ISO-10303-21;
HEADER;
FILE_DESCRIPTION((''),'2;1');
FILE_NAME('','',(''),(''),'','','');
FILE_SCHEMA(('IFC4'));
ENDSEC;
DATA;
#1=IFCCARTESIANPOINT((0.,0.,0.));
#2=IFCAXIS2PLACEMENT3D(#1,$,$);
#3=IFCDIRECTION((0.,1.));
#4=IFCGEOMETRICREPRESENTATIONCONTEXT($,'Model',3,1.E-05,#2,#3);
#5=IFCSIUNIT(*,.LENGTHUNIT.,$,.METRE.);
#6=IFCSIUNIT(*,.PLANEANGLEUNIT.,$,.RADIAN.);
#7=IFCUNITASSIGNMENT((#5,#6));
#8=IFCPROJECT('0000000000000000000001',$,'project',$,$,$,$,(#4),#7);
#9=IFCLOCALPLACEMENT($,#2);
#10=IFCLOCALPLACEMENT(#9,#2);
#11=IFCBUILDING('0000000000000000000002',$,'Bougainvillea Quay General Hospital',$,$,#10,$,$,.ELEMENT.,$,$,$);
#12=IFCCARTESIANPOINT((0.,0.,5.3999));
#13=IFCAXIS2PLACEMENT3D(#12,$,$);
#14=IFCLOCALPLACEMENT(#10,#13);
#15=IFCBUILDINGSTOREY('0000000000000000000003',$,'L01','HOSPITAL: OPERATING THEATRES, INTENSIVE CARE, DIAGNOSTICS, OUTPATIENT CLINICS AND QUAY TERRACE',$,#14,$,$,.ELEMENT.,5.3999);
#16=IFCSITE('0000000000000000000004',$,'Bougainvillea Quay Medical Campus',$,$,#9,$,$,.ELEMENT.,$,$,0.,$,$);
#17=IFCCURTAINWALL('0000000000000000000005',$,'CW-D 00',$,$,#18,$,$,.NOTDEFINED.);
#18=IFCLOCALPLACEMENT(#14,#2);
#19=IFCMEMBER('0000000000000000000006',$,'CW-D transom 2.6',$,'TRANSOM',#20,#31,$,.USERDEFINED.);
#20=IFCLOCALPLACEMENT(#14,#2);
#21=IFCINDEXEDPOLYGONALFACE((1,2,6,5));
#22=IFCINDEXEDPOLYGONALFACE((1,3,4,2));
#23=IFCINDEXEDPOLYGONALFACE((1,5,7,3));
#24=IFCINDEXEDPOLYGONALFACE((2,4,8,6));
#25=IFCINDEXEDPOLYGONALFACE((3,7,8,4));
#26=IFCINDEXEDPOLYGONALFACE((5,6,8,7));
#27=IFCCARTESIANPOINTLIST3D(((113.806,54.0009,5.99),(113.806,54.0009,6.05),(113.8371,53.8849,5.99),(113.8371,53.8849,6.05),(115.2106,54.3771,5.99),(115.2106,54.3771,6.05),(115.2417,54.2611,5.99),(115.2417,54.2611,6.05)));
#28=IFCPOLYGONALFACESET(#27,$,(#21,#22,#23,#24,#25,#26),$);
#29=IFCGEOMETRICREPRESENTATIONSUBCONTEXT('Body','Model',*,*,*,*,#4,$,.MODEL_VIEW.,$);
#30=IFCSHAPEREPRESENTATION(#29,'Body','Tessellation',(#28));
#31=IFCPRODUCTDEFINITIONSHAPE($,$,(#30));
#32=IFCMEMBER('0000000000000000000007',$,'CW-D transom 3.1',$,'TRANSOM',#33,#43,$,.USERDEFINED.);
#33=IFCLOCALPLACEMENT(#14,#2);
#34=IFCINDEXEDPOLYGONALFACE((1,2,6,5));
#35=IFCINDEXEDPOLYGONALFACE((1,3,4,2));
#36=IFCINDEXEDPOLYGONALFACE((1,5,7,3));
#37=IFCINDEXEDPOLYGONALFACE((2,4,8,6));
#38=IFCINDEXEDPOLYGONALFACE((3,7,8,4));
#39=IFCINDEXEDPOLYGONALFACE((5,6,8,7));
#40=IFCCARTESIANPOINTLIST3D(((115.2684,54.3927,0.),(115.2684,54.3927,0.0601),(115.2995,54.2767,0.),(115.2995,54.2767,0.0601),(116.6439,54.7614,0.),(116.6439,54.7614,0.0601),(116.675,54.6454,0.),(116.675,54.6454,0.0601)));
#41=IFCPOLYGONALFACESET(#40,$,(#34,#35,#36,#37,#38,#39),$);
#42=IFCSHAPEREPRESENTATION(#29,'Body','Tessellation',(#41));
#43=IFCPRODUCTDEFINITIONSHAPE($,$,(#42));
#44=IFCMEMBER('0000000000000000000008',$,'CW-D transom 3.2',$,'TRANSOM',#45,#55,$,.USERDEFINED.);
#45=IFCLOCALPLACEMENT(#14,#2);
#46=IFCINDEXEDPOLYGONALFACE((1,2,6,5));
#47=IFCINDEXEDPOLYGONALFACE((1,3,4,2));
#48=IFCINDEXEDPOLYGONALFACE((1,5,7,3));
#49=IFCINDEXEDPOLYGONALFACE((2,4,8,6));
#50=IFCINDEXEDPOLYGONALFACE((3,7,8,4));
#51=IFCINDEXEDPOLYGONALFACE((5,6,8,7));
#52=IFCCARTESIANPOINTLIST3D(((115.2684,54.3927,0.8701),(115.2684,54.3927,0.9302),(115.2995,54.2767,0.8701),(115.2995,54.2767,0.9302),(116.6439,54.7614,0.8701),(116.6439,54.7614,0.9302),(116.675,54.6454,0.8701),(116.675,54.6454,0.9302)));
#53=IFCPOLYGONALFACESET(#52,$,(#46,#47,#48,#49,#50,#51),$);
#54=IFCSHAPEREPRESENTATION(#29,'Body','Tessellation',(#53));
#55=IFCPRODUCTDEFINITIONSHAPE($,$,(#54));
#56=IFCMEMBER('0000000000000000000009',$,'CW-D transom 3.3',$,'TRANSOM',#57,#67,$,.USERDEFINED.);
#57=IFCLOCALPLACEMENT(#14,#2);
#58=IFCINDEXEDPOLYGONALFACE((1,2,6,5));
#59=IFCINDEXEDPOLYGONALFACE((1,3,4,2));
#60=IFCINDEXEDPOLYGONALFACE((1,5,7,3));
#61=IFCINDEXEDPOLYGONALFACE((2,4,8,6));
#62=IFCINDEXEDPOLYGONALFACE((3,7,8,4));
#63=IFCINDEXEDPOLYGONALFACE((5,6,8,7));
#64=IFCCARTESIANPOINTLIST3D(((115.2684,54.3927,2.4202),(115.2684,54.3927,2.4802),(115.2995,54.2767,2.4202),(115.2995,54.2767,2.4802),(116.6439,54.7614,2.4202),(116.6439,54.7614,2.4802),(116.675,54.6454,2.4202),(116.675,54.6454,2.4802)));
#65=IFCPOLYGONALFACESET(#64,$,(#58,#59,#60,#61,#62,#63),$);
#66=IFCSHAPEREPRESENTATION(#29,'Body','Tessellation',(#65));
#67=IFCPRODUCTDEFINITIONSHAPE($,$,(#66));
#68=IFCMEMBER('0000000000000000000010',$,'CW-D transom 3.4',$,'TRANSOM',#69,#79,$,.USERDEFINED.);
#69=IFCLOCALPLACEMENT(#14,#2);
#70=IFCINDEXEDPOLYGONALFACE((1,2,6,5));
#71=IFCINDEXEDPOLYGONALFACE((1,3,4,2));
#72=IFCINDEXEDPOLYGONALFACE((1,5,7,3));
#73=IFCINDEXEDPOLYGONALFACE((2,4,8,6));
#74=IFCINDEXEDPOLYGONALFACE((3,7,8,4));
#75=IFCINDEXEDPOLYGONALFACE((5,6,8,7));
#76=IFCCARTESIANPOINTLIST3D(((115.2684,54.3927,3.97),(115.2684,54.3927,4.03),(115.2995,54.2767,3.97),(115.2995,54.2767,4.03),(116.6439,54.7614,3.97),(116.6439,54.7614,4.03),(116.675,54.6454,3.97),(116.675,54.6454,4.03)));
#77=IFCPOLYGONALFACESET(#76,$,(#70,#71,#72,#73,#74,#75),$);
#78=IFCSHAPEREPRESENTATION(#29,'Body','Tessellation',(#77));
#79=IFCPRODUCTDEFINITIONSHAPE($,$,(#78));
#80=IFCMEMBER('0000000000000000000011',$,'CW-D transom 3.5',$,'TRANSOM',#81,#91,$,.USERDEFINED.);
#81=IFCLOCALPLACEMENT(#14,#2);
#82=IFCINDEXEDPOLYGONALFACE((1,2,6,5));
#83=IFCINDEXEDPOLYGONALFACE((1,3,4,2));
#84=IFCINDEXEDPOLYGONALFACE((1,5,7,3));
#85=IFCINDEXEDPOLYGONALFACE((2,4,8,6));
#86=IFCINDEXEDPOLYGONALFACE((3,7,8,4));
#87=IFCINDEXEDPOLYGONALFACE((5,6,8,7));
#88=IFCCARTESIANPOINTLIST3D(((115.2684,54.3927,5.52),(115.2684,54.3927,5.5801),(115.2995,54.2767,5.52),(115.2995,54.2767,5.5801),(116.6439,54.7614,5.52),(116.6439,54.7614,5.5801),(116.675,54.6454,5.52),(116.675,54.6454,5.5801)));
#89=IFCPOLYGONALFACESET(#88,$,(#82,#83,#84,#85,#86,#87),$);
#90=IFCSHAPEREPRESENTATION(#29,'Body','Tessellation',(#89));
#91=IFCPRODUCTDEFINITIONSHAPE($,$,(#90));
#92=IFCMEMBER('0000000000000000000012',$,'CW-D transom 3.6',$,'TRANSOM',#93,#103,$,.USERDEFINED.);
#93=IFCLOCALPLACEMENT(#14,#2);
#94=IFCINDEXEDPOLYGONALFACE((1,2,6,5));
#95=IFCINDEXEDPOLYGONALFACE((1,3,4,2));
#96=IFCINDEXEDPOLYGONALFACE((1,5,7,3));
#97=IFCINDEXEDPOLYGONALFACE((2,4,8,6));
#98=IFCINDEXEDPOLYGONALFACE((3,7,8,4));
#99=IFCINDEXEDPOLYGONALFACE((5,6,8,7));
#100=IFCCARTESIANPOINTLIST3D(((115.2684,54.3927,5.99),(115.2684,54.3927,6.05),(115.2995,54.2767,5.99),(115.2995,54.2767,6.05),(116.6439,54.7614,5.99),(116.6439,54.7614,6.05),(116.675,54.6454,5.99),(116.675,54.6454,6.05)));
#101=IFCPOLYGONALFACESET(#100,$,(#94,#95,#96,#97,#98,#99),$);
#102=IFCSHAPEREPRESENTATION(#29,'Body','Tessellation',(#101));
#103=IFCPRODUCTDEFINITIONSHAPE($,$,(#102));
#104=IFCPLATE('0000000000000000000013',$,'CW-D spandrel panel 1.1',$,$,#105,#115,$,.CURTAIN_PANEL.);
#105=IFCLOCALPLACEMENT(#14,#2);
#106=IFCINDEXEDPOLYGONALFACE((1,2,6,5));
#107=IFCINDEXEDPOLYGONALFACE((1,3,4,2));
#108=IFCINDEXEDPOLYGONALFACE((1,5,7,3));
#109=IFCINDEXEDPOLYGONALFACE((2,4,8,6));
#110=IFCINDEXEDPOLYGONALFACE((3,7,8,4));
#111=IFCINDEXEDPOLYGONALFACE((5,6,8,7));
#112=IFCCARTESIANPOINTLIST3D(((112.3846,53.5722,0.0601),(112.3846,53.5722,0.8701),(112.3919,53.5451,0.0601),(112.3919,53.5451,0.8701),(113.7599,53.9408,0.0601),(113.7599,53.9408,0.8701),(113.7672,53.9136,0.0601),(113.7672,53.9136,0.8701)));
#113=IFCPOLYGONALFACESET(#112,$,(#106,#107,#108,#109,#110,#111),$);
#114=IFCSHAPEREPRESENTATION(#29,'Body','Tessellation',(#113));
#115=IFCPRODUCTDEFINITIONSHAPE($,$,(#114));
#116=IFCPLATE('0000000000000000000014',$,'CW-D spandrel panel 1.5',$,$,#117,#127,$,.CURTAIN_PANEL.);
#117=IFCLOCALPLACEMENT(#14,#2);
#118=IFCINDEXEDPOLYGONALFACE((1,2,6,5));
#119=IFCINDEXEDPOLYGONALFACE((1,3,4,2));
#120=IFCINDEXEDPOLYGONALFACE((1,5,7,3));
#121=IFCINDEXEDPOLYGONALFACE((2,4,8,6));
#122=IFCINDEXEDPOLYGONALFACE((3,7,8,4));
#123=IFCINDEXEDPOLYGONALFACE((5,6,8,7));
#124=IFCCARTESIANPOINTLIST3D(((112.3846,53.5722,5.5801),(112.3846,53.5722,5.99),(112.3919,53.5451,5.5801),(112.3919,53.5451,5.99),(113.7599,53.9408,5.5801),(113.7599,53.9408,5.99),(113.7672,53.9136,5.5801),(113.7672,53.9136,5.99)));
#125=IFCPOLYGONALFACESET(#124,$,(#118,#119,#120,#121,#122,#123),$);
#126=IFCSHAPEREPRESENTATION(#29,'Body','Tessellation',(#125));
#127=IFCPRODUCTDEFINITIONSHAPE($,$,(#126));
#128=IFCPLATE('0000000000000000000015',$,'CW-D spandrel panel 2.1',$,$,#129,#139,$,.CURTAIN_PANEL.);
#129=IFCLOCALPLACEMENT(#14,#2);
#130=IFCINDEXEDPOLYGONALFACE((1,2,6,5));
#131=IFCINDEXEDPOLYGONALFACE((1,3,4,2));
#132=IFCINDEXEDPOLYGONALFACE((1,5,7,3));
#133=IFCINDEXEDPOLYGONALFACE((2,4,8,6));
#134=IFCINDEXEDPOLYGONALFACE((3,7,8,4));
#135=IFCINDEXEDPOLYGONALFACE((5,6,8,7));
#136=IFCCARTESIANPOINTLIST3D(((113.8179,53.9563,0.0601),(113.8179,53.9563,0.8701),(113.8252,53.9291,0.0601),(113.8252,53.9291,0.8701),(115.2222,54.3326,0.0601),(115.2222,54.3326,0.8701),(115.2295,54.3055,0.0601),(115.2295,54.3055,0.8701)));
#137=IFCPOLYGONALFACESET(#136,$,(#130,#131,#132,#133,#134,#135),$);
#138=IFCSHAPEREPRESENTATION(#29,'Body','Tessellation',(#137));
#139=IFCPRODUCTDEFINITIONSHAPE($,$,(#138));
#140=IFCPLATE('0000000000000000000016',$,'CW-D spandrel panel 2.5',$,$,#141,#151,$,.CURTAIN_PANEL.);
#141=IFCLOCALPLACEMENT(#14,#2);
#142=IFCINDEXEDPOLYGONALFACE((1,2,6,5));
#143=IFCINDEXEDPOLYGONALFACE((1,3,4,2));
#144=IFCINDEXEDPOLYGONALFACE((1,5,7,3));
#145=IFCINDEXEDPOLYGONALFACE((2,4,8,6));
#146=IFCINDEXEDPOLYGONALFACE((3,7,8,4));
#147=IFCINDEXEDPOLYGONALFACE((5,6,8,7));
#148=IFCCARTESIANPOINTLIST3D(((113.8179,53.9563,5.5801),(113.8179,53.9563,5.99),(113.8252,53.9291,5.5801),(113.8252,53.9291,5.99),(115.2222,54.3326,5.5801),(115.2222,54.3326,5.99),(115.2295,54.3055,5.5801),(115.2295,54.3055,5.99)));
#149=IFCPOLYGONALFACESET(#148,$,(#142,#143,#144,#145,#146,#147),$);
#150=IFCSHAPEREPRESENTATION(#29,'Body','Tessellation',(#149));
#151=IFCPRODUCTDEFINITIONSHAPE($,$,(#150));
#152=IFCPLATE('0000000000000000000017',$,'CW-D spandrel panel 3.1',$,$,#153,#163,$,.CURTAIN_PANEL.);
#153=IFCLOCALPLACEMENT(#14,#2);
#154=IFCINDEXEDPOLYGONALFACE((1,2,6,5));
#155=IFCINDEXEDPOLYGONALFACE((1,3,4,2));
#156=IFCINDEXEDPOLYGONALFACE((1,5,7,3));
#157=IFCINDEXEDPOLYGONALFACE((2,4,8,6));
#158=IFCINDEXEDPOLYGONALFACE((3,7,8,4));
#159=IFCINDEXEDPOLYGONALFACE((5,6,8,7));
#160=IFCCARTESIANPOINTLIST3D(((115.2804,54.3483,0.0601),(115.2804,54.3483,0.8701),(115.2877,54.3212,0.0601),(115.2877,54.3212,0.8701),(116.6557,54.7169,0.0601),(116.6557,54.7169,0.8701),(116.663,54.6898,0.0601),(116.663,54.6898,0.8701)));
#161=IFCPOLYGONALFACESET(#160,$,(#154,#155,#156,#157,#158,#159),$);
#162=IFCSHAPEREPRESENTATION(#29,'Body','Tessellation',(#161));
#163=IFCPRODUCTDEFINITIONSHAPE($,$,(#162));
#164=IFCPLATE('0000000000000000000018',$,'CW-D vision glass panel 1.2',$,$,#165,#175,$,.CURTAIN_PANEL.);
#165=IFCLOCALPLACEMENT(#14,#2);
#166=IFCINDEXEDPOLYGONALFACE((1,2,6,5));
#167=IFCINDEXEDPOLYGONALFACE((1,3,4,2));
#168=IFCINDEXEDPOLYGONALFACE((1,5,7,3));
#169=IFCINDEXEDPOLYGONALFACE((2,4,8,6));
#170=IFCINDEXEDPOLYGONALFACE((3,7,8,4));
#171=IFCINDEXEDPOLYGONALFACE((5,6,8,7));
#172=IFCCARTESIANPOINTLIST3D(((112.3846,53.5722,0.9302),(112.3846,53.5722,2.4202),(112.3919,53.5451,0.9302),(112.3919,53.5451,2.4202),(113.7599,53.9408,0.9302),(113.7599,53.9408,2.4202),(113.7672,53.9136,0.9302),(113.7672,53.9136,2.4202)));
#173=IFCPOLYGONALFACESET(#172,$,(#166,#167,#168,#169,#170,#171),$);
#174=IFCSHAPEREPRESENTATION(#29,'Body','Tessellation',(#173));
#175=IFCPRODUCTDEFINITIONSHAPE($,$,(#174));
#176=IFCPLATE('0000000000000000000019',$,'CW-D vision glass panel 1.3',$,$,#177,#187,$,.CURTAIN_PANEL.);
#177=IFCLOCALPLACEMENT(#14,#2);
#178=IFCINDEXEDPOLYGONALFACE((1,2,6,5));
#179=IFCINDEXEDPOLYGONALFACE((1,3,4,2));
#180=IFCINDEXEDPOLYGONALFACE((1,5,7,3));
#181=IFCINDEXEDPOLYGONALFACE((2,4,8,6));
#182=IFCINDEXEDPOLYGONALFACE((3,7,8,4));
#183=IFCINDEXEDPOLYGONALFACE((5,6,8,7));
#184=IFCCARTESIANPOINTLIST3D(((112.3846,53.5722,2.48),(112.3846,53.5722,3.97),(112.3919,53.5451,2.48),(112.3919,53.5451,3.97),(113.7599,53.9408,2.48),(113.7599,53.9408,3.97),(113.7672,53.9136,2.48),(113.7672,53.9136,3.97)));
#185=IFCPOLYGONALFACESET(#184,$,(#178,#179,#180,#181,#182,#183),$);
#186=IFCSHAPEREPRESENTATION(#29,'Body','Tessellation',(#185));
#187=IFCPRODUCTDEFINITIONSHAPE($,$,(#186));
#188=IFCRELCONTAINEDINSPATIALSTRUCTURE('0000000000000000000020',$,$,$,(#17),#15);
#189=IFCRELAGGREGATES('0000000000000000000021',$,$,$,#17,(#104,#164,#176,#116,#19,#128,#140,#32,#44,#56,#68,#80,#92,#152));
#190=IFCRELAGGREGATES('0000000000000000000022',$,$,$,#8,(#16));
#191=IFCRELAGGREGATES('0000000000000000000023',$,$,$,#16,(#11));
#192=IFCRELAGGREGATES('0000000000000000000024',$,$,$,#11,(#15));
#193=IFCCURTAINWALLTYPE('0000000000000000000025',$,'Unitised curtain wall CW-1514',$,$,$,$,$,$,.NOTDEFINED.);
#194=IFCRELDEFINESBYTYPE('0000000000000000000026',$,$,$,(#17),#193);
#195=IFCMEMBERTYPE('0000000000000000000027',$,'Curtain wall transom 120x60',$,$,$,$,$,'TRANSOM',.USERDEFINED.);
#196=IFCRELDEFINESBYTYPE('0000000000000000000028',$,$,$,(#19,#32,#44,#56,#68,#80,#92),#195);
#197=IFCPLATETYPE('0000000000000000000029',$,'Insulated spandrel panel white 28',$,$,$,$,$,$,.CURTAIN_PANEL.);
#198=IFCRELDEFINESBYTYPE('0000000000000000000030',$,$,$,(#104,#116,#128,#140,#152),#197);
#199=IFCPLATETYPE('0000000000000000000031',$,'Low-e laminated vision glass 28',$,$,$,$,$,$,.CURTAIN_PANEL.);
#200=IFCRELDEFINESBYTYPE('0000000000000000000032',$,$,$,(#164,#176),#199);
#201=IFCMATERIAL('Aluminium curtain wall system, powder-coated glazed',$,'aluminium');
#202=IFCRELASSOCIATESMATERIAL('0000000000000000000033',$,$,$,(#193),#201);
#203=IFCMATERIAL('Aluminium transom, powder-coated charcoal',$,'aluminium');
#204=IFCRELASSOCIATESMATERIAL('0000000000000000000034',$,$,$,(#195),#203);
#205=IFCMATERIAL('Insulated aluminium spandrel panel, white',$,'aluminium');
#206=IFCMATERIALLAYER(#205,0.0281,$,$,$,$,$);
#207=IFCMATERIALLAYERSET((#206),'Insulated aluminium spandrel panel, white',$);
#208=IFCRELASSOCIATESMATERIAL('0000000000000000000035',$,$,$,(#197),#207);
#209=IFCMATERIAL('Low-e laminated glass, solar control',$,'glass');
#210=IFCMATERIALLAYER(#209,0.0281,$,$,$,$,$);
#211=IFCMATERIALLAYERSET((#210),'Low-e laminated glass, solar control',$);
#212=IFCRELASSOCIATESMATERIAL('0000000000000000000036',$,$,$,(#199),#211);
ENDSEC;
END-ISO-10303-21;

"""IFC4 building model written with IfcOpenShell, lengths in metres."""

from ifc_helpers import new_model, si_unit, direction, frame, origin, origin_2d, place, context, subcontext, project, spatial, rectangle, extrude, material, layer, layer_set, material_profile, profile_set, type_object, element, aggregate, save


model = new_model("IFC4")

# Units and contexts
model_context = context("Model", 3, precision=1e-05, world=origin(), true_north=direction((0.0, 1.0)))
body_context = subcontext(model_context, "Body", "Model", "MODEL_VIEW")
ifc_project = project(units=[si_unit("LENGTHUNIT", "METRE"), si_unit("PLANEANGLEUNIT", "RADIAN")], contexts=[model_context])

# Site, building, storey
site_placement = place(None, origin())
site = spatial("IfcSite", under=ifc_project, at=site_placement, Name="Bougainvillea Quay Medical Campus", CompositionType="ELEMENT", RefElevation=0.0)
building_placement = place(site_placement, origin())
building = spatial("IfcBuilding", under=site, at=building_placement, Name="Bougainvillea Quay General Hospital", CompositionType="ELEMENT")
storey_placement = place(building_placement, frame((0.0, 0.0, 5.3999)))
storey = spatial("IfcBuildingStorey", under=building, at=storey_placement, Name="L01", Description="HOSPITAL: OPERATING THEATRES, INTENSIVE CARE, DIAGNOSTICS, OUTPATIENT CLINICS AND QUAY TERRACE", CompositionType="ELEMENT", Elevation=5.3999)

# Shared definitions
ifc_material_1 = material(Name="Aluminium curtain wall system, powder-coated glazed", Category="aluminium")

# Curtain wall, members, plates
curtain_wall_type_1 = type_object("IfcCurtainWallType", Name="Unitised curtain wall CW-1514", PredefinedType="NOTDEFINED", material=ifc_material_1)
curtain_wall_1_placement = place(storey_placement, origin())
curtain_wall_1 = element("IfcCurtainWall", 1, at=curtain_wall_1_placement, inside=storey, type_object=curtain_wall_type_1, Name="CW-D 00", PredefinedType="NOTDEFINED")
ifc_material_2 = material(Name="Aluminium transom, powder-coated charcoal", Category="aluminium")
ifc_material_profile_1 = material_profile(ifc_material_2, rectangle(XDim=0.1201, YDim=0.0601, at=origin_2d()))
ifc_profile_set_1 = profile_set([ifc_material_profile_1], Name="Aluminium transom, powder-coated charcoal")
member_type_1 = type_object("IfcMemberType", Name="Curtain wall transom 120x60", ElementType="TRANSOM", PredefinedType="USERDEFINED", material=ifc_profile_set_1)
member_1_placement = place(storey_placement, frame((113.8215, 53.9429, 6.02), z_axis=(0.965947, 0.258739, 0.0), x_axis=(-0.258739, 0.965947, 0.0)))
member_1 = element("IfcMember", 2, at=member_1_placement, type_object=member_type_1, Name="CW-D transom 2.6", ObjectType="TRANSOM", PredefinedType="USERDEFINED", context=body_context, shape_type="SweptSolid", body=[
    extrude(rectangle(XDim=0.1201, YDim=0.0601, at=origin_2d()), origin(), (0.0, 0.0, 1.0), 1.4541),
])
member_2_placement = place(storey_placement, frame((115.2839, 54.3347, 0.03), z_axis=(0.96591, 0.258879, 0.0), x_axis=(-0.258879, 0.96591, 0.0)))
member_2 = element("IfcMember", 3, at=member_2_placement, type_object=member_type_1, Name="CW-D transom 3.1", ObjectType="TRANSOM", PredefinedType="USERDEFINED", context=body_context, shape_type="SweptSolid", body=[
    extrude(rectangle(XDim=0.1201, YDim=0.0601, at=origin_2d()), origin(), (0.0, 0.0, 1.0), 1.4241),
])
member_3_placement = place(storey_placement, frame((115.2839, 54.3347, 0.9001), z_axis=(0.96591, 0.258879, 0.0), x_axis=(-0.258879, 0.96591, 0.0)))
member_3 = element("IfcMember", 4, at=member_3_placement, type_object=member_type_1, Name="CW-D transom 3.2", ObjectType="TRANSOM", PredefinedType="USERDEFINED", context=body_context, shape_type="SweptSolid", body=[
    extrude(rectangle(XDim=0.1201, YDim=0.0601, at=origin_2d()), origin(), (0.0, 0.0, 1.0), 1.4241),
])
member_4_placement = place(storey_placement, frame((115.2839, 54.3347, 2.4502), z_axis=(0.96591, 0.258879, 0.0), x_axis=(-0.258879, 0.96591, 0.0)))
member_4 = element("IfcMember", 5, at=member_4_placement, type_object=member_type_1, Name="CW-D transom 3.3", ObjectType="TRANSOM", PredefinedType="USERDEFINED", context=body_context, shape_type="SweptSolid", body=[
    extrude(rectangle(XDim=0.1201, YDim=0.0601, at=origin_2d()), origin(), (0.0, 0.0, 1.0), 1.4241),
])
member_5_placement = place(storey_placement, frame((115.2839, 54.3347, 4.0), z_axis=(0.96591, 0.258879, 0.0), x_axis=(-0.258879, 0.96591, 0.0)))
member_5 = element("IfcMember", 6, at=member_5_placement, type_object=member_type_1, Name="CW-D transom 3.4", ObjectType="TRANSOM", PredefinedType="USERDEFINED", context=body_context, shape_type="SweptSolid", body=[
    extrude(rectangle(XDim=0.1201, YDim=0.0601, at=origin_2d()), origin(), (0.0, 0.0, 1.0), 1.4241),
])
member_6_placement = place(storey_placement, frame((115.2839, 54.3347, 5.55), z_axis=(0.96591, 0.258879, 0.0), x_axis=(-0.258879, 0.96591, 0.0)))
member_6 = element("IfcMember", 7, at=member_6_placement, type_object=member_type_1, Name="CW-D transom 3.5", ObjectType="TRANSOM", PredefinedType="USERDEFINED", context=body_context, shape_type="SweptSolid", body=[
    extrude(rectangle(XDim=0.1201, YDim=0.0601, at=origin_2d()), origin(), (0.0, 0.0, 1.0), 1.4241),
])
member_7_placement = place(storey_placement, frame((115.2839, 54.3347, 6.02), z_axis=(0.96591, 0.258879, 0.0), x_axis=(-0.258879, 0.96591, 0.0)))
member_7 = element("IfcMember", 8, at=member_7_placement, type_object=member_type_1, Name="CW-D transom 3.6", ObjectType="TRANSOM", PredefinedType="USERDEFINED", context=body_context, shape_type="SweptSolid", body=[
    extrude(rectangle(XDim=0.1201, YDim=0.0601, at=origin_2d()), origin(), (0.0, 0.0, 1.0), 1.4241),
])
ifc_material_3 = material(Name="Insulated aluminium spandrel panel, white", Category="aluminium")
ifc_layer_1 = layer(ifc_material_3, 0.0281)
ifc_layer_set_1 = layer_set([ifc_layer_1], Name="Insulated aluminium spandrel panel, white")
plate_type_1 = type_object("IfcPlateType", Name="Insulated spandrel panel white 28", PredefinedType="CURTAIN_PANEL", material=ifc_layer_set_1)
plate_1_placement = place(storey_placement, frame((113.0759, 53.7429, 0.0601), z_axis=(0.0, 0.0, 1.0), x_axis=(0.965916, 0.258855, 0.0)))
plate_1 = element("IfcPlate", 9, at=plate_1_placement, type_object=plate_type_1, Name="CW-D spandrel panel 1.1", PredefinedType="CURTAIN_PANEL", context=body_context, shape_type="SweptSolid", body=[
    extrude(rectangle(XDim=1.4238, YDim=0.0281, at=origin_2d()), origin(), (0.0, 0.0, 1.0), 0.8101),
])
plate_2_placement = place(storey_placement, frame((113.0759, 53.7429, 5.5801), z_axis=(0.0, 0.0, 1.0), x_axis=(0.965916, 0.258855, 0.0)))
plate_2 = element("IfcPlate", 10, at=plate_2_placement, type_object=plate_type_1, Name="CW-D spandrel panel 1.5", PredefinedType="CURTAIN_PANEL", context=body_context, shape_type="SweptSolid", body=[
    extrude(rectangle(XDim=1.4238, YDim=0.0281, at=origin_2d()), origin(), (0.0, 0.0, 1.0), 0.4099),
])
plate_3_placement = place(storey_placement, frame((114.5237, 54.1309, 0.0601), z_axis=(0.0, 0.0, 1.0), x_axis=(0.965916, 0.258855, 0.0)))
plate_3 = element("IfcPlate", 11, at=plate_3_placement, type_object=plate_type_1, Name="CW-D spandrel panel 2.1", PredefinedType="CURTAIN_PANEL", context=body_context, shape_type="SweptSolid", body=[
    extrude(rectangle(XDim=1.4539, YDim=0.0281, at=origin_2d()), origin(), (0.0, 0.0, 1.0), 0.8101),
])
plate_4_placement = place(storey_placement, frame((114.5237, 54.1309, 5.5801), z_axis=(0.0, 0.0, 1.0), x_axis=(0.965916, 0.258855, 0.0)))
plate_4 = element("IfcPlate", 12, at=plate_4_placement, type_object=plate_type_1, Name="CW-D spandrel panel 2.5", PredefinedType="CURTAIN_PANEL", context=body_context, shape_type="SweptSolid", body=[
    extrude(rectangle(XDim=1.4539, YDim=0.0281, at=origin_2d()), origin(), (0.0, 0.0, 1.0), 0.4099),
])
plate_5_placement = place(storey_placement, frame((115.9717, 54.519, 0.0601), z_axis=(0.0, 0.0, 1.0), x_axis=(0.965916, 0.258855, 0.0)))
plate_5 = element("IfcPlate", 13, at=plate_5_placement, type_object=plate_type_1, Name="CW-D spandrel panel 3.1", PredefinedType="CURTAIN_PANEL", context=body_context, shape_type="SweptSolid", body=[
    extrude(rectangle(XDim=1.4238, YDim=0.0281, at=origin_2d()), origin(), (0.0, 0.0, 1.0), 0.8101),
])
ifc_material_4 = material(Name="Low-e laminated glass, solar control", Category="glass")
ifc_layer_2 = layer(ifc_material_4, 0.0281)
ifc_layer_set_2 = layer_set([ifc_layer_2], Name="Low-e laminated glass, solar control")
plate_type_2 = type_object("IfcPlateType", Name="Low-e laminated vision glass 28", PredefinedType="CURTAIN_PANEL", material=ifc_layer_set_2)
plate_6_placement = place(storey_placement, frame((113.0759, 53.7429, 0.9302), z_axis=(0.0, 0.0, 1.0), x_axis=(0.965916, 0.258855, 0.0)))
plate_6 = element("IfcPlate", 14, at=plate_6_placement, type_object=plate_type_2, Name="CW-D vision glass panel 1.2", PredefinedType="CURTAIN_PANEL", context=body_context, shape_type="SweptSolid", body=[
    extrude(rectangle(XDim=1.4238, YDim=0.0281, at=origin_2d()), origin(), (0.0, 0.0, 1.0), 1.49),
])
plate_7_placement = place(storey_placement, frame((113.0759, 53.7429, 2.48), z_axis=(0.0, 0.0, 1.0), x_axis=(0.965916, 0.258855, 0.0)))
plate_7 = element("IfcPlate", 15, at=plate_7_placement, type_object=plate_type_2, Name="CW-D vision glass panel 1.3", PredefinedType="CURTAIN_PANEL", context=body_context, shape_type="SweptSolid", body=[
    extrude(rectangle(XDim=1.4238, YDim=0.0281, at=origin_2d()), origin(), (0.0, 0.0, 1.0), 1.49),
])
aggregate(curtain_wall_1, [plate_1, plate_6, plate_7, plate_2, member_1, plate_3, plate_4, member_2, member_3, member_4, member_5, member_6, member_7, plate_5])

save(model, "model.ifc")
